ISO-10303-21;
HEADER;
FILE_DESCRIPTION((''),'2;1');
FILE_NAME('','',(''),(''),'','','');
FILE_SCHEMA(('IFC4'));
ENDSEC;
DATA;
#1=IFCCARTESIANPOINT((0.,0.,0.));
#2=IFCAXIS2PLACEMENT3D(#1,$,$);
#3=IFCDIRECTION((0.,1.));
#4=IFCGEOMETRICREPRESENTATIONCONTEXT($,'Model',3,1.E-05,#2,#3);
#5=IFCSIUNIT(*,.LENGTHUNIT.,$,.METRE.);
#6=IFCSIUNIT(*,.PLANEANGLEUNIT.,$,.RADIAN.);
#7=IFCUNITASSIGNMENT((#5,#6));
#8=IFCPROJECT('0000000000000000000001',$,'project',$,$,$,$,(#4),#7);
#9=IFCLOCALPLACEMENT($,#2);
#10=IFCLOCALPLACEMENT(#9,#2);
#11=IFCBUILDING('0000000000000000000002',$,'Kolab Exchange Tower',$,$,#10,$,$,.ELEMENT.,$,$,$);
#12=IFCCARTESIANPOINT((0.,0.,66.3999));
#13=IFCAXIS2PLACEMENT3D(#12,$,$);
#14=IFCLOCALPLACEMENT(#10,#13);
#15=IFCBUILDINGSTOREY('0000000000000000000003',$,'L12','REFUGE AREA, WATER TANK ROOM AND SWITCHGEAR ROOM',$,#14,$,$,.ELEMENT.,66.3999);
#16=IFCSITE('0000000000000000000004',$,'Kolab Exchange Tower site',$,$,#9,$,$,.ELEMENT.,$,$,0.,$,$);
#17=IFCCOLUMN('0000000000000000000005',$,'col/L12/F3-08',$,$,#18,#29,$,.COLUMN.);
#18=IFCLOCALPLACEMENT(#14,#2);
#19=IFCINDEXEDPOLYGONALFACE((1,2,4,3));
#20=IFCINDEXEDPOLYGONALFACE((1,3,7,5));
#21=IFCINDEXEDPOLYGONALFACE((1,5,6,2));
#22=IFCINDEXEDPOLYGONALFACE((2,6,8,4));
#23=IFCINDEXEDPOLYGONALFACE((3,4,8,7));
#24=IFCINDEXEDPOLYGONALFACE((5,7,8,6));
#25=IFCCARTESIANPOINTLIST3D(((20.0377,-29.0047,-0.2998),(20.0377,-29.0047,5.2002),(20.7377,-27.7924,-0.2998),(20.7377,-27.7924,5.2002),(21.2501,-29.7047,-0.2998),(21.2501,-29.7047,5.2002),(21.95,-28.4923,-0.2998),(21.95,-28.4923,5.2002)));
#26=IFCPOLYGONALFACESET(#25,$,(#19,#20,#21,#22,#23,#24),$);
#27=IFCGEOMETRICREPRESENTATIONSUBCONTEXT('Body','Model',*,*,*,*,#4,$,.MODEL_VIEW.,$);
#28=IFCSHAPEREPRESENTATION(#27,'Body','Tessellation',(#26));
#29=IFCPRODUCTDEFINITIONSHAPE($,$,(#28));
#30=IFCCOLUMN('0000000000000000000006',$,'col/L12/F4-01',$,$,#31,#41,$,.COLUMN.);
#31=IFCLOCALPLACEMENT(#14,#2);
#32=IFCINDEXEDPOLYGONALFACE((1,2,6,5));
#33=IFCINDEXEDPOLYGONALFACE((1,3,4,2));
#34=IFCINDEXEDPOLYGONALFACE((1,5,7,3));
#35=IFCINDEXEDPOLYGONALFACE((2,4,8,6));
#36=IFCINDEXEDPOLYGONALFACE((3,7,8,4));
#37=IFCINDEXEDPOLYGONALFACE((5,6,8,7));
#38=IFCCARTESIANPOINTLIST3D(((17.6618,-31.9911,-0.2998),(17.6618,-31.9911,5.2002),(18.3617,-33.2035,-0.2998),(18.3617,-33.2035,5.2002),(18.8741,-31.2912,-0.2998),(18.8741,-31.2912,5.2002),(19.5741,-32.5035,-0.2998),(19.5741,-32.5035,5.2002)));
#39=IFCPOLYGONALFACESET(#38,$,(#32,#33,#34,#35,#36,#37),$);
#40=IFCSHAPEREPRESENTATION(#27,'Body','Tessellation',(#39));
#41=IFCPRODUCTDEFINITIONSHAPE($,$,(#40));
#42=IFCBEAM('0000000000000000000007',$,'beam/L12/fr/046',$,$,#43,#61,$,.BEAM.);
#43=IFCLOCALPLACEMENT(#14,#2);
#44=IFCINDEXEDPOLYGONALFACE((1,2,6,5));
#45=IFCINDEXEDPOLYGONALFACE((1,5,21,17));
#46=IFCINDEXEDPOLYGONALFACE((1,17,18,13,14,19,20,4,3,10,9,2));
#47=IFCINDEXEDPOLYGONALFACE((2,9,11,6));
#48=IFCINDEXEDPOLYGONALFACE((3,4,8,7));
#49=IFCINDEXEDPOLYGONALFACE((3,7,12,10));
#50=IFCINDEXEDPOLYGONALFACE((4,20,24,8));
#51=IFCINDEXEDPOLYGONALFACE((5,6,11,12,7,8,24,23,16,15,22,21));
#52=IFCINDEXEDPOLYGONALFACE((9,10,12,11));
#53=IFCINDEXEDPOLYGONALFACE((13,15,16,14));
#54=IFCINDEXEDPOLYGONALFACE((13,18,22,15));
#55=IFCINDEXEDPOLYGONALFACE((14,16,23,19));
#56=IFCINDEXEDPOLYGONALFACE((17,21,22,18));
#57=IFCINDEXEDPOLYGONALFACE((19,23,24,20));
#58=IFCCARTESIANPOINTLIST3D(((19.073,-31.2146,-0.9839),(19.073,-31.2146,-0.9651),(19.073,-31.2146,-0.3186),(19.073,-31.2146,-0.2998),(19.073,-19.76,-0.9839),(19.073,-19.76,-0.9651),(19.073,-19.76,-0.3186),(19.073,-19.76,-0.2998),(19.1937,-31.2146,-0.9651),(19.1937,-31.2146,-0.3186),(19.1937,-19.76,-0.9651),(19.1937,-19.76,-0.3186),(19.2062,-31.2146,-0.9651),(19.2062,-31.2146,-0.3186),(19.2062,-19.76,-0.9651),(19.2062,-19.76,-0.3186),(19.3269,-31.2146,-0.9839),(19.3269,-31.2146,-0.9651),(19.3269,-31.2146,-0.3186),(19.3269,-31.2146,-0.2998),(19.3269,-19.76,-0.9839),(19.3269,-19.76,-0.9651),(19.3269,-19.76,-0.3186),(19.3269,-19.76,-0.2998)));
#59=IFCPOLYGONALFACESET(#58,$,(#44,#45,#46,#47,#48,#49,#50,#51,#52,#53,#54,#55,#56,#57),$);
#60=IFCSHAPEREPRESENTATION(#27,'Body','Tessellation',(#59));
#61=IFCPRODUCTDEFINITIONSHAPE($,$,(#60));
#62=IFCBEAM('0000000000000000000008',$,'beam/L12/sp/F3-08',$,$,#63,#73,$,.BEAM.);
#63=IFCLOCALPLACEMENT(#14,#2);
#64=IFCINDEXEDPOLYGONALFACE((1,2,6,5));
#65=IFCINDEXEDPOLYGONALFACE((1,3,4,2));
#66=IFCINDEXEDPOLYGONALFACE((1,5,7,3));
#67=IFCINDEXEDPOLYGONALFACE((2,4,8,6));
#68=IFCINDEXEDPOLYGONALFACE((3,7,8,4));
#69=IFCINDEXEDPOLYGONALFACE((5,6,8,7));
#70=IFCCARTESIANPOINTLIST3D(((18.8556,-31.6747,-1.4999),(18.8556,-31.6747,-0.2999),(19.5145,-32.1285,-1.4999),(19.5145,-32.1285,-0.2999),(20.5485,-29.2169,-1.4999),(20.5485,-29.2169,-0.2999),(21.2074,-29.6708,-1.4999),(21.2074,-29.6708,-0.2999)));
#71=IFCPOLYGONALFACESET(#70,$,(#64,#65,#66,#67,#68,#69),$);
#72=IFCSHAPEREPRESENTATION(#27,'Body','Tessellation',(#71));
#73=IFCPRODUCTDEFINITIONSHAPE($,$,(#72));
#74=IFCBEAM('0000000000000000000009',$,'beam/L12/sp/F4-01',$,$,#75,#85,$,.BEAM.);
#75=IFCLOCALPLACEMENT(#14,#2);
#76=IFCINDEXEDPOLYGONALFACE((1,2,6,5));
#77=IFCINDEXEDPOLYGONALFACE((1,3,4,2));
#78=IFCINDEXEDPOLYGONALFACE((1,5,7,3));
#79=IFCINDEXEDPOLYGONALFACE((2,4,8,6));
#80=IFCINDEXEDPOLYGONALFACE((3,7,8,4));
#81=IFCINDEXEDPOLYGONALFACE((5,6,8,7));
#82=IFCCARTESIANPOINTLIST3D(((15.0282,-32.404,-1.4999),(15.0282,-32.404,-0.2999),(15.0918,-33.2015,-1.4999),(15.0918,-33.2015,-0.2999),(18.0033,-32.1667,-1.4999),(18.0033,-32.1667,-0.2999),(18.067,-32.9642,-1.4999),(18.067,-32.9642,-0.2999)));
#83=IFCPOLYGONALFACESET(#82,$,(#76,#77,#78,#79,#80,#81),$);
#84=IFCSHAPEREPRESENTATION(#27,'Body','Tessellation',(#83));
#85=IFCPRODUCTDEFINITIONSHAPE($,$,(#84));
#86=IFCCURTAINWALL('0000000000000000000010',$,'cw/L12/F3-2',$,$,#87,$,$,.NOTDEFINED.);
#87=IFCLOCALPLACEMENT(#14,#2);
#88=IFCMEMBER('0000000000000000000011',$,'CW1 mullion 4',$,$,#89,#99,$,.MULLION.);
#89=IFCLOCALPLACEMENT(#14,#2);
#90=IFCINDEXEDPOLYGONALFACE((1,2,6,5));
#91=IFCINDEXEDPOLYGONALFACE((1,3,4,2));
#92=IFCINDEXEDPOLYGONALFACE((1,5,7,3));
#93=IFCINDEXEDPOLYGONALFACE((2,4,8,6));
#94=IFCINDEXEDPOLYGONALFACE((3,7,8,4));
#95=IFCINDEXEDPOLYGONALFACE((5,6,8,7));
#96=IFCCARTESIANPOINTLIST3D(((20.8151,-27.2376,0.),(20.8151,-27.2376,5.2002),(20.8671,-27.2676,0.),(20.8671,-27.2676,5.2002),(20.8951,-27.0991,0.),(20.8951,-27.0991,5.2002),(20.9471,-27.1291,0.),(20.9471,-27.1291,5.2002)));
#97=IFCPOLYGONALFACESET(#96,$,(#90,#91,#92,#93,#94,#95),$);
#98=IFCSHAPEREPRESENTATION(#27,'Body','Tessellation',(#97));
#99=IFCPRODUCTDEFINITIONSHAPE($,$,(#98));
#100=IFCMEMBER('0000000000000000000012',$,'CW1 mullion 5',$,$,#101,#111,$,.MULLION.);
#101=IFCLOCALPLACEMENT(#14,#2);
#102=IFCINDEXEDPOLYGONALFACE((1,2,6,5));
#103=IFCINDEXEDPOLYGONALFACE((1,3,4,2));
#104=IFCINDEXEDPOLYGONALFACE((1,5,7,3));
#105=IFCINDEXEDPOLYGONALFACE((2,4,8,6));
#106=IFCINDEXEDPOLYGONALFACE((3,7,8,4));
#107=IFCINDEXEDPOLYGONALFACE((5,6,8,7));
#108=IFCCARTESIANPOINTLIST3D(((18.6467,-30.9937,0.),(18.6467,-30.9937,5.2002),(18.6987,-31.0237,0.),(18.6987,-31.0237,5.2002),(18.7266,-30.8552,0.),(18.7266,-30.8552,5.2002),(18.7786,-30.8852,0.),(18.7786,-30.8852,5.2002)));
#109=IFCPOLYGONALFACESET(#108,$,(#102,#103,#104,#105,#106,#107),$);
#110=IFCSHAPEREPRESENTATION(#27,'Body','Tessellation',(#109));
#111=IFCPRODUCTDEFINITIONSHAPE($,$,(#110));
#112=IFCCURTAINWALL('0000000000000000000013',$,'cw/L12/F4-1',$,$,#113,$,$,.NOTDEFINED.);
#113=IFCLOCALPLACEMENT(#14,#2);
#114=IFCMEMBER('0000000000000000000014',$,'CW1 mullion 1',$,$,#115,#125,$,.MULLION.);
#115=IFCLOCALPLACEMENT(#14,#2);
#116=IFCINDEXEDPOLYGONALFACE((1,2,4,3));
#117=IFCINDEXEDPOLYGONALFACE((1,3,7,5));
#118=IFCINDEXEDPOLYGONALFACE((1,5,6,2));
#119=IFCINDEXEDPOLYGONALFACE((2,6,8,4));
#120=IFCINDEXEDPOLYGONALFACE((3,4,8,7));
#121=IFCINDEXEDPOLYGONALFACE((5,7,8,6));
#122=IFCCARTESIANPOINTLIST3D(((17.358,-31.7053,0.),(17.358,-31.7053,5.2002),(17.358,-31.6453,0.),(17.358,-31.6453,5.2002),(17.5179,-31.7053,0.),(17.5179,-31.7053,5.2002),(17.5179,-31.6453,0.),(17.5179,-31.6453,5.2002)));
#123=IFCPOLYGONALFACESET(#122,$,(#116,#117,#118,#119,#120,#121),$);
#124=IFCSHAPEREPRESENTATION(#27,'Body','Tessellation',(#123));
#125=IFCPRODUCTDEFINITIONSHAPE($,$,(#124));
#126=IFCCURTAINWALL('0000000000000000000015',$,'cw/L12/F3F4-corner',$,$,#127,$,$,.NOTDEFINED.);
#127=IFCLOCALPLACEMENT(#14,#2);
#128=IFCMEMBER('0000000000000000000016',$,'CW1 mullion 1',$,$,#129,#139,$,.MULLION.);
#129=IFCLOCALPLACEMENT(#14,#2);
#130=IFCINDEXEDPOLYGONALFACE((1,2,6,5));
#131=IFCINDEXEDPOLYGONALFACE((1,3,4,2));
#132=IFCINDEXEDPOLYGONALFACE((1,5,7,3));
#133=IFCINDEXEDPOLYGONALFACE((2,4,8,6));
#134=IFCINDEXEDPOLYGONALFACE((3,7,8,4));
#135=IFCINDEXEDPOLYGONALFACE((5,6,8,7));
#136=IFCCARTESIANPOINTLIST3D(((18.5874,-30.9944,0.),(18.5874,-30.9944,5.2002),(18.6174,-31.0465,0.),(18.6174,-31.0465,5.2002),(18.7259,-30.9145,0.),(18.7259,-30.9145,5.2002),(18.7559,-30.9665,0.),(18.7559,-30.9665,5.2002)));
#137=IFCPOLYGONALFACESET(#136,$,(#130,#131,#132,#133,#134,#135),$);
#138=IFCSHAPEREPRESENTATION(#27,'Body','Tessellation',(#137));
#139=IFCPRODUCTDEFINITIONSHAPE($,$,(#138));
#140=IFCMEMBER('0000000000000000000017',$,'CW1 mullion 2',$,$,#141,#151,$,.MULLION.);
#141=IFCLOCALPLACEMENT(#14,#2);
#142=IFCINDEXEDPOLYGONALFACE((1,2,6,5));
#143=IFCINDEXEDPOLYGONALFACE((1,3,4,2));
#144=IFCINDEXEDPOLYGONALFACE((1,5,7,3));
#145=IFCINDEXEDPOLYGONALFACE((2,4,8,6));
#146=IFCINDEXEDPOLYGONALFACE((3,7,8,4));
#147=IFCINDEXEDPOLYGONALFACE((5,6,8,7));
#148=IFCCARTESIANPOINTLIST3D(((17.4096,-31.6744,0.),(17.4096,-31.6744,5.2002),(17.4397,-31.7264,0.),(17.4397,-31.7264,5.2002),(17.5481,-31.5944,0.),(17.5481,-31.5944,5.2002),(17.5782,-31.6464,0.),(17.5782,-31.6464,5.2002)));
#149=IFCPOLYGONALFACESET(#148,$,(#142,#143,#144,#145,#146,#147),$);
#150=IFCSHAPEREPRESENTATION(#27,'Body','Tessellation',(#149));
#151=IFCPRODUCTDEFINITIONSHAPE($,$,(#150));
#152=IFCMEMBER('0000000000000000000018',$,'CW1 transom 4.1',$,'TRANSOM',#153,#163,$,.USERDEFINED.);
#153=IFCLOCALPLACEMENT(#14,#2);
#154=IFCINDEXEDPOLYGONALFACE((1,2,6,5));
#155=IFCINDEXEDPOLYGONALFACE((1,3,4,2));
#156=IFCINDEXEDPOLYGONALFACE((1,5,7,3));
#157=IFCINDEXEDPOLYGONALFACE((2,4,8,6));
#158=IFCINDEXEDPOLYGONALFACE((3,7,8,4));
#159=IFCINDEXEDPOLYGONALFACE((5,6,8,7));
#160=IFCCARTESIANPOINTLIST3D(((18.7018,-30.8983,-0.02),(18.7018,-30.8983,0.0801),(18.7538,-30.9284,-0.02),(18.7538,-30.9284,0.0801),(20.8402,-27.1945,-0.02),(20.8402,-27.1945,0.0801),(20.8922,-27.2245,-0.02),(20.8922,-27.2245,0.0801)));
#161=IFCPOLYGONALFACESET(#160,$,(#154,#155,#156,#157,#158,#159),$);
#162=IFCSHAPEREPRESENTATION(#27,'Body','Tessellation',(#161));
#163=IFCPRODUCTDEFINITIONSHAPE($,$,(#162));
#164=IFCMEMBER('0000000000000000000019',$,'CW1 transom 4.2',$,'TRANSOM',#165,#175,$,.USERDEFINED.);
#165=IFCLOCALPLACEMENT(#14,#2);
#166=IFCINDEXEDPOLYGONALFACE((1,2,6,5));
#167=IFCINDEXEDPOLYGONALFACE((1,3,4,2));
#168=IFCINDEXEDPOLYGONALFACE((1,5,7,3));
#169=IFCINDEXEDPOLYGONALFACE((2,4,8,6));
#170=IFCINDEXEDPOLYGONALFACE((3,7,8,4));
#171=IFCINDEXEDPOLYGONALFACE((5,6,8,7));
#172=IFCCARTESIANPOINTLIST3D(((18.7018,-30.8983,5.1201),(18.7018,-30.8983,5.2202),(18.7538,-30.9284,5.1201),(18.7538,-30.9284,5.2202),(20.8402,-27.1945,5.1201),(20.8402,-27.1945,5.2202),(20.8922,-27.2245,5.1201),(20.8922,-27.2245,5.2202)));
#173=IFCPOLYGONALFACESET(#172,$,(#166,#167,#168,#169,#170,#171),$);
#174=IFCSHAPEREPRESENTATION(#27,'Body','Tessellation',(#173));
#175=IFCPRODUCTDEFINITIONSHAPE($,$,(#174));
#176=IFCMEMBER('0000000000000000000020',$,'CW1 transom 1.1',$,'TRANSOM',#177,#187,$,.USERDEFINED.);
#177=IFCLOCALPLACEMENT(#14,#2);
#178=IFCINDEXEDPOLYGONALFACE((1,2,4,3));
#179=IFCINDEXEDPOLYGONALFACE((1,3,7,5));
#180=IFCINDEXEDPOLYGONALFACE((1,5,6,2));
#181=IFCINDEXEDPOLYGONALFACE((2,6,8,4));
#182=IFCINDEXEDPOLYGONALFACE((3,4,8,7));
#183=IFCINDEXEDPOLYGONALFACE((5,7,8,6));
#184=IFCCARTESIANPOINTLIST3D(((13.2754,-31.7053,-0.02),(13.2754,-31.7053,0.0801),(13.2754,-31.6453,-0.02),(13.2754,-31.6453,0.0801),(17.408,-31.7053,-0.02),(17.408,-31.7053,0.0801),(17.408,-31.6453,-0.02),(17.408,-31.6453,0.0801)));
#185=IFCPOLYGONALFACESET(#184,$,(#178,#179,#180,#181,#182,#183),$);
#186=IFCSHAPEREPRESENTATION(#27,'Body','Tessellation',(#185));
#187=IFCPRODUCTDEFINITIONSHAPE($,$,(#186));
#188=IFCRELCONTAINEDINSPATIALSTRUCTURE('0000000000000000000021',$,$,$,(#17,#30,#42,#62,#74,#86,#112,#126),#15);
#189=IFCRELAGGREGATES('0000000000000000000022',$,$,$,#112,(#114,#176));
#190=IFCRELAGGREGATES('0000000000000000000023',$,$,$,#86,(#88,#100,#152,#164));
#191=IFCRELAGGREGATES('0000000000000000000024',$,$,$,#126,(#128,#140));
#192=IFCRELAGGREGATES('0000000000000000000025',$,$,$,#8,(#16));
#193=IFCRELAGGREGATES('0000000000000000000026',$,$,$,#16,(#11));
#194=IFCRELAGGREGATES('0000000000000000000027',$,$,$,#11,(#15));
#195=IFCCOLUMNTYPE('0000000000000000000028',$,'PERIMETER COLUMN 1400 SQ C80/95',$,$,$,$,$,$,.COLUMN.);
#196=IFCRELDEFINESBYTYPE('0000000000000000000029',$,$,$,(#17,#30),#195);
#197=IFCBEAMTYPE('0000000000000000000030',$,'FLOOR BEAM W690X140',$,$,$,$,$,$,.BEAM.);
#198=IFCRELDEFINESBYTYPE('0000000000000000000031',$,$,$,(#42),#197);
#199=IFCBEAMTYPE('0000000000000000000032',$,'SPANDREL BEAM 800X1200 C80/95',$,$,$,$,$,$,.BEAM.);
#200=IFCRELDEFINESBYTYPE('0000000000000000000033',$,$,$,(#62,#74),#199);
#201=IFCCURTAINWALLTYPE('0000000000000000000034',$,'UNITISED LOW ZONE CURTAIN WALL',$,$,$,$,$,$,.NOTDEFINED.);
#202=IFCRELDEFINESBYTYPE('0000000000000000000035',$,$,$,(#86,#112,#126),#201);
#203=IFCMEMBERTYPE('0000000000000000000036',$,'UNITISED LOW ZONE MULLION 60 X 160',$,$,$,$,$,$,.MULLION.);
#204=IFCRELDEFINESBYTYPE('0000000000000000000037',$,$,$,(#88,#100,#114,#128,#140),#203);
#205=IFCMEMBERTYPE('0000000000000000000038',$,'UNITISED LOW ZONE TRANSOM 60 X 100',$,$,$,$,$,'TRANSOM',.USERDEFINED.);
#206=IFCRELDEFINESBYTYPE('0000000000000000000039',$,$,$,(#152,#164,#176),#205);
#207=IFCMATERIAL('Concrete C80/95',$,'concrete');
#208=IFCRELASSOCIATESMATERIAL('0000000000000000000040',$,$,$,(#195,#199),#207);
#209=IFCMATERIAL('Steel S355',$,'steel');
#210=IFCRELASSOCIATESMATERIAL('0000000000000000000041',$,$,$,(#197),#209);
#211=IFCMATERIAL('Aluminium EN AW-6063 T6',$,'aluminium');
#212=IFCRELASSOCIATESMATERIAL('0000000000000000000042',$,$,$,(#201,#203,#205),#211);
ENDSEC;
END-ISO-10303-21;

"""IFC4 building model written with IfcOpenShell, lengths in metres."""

from ifc_helpers import new_model, si_unit, direction, frame, origin, origin_2d, place, context, subcontext, project, spatial, rectangle, i_section, extrude, material, material_profile, profile_set, type_object, element, aggregate, save


model = new_model("IFC4")

# Units and contexts
model_context = context("Model", 3, precision=1e-05, world=origin(), true_north=direction((0.0, 1.0)))
body_context = subcontext(model_context, "Body", "Model", "MODEL_VIEW")
ifc_project = project(units=[si_unit("LENGTHUNIT", "METRE"), si_unit("PLANEANGLEUNIT", "RADIAN")], contexts=[model_context])

# Site, building, storey
site_placement = place(None, origin())
site = spatial("IfcSite", under=ifc_project, at=site_placement, Name="Kolab Exchange Tower site", CompositionType="ELEMENT", RefElevation=0.0)
building_placement = place(site_placement, origin())
building = spatial("IfcBuilding", under=site, at=building_placement, Name="Kolab Exchange Tower", CompositionType="ELEMENT")
storey_placement = place(building_placement, frame((0.0, 0.0, 66.3999)))
storey = spatial("IfcBuildingStorey", under=building, at=storey_placement, Name="L12", Description="REFUGE AREA, WATER TANK ROOM AND SWITCHGEAR ROOM", CompositionType="ELEMENT", Elevation=66.3999)

# Columns
ifc_material_1 = material(Name="Concrete C80/95", Category="concrete")
ifc_material_profile_1 = material_profile(ifc_material_1, rectangle(XDim=1.3999, YDim=1.3999, at=origin_2d()), Name="RC1400")
ifc_profile_set_1 = profile_set([ifc_material_profile_1], Name="Concrete C80/95")
column_type = type_object("IfcColumnType", Name="PERIMETER COLUMN 1400 SQ C80/95", PredefinedType="COLUMN", material=ifc_profile_set_1)
for number, where, z_axis, x_axis, name in (
    (1, (20.9939, -28.7485, -0.2998), (0.0, 0.0, 1.0), (0.5, 0.866025, 0.0), "col/L12/F3-08"),
    (2, (18.6179, -32.2473, -0.2998), (0.0, 0.0, 1.0), (0.866025, 0.5, 0.0), "col/L12/F4-01"),
):
    element("IfcColumn", number, at=place(storey_placement, frame(where, z_axis=z_axis, x_axis=x_axis)), inside=storey, type_object=column_type, Name=name, PredefinedType="COLUMN", context=body_context, shape_type="SweptSolid", body=[
        extrude(rectangle(XDim=1.3999, YDim=1.3999, at=origin_2d()), origin(), (0.0, 0.0, 1.0), 5.5),
    ])

# Beams
ifc_material_2 = material(Name="Steel S355", Category="steel")
ifc_material_profile_2 = material_profile(ifc_material_2, i_section(OverallWidth=0.2539, OverallDepth=0.6841, WebThickness=0.0125, FlangeThickness=0.0188, at=origin_2d()), Name="W690X140")
ifc_profile_set_2 = profile_set([ifc_material_profile_2], Name="Steel S355")
beam_type_1 = type_object("IfcBeamType", Name="FLOOR BEAM W690X140", PredefinedType="BEAM", material=ifc_profile_set_2)
beam_1_placement = place(storey_placement, frame((19.2, -31.2146, -0.6418), z_axis=(0.0, 1.0, 0.0), x_axis=(-1.0, 0.0, 0.0)))
element("IfcBeam", 3, at=beam_1_placement, inside=storey, type_object=beam_type_1, Name="beam/L12/fr/046", PredefinedType="BEAM", context=body_context, shape_type="SweptSolid", body=[
    extrude(i_section(OverallWidth=0.2539, OverallDepth=0.6841, WebThickness=0.0125, FlangeThickness=0.0188, at=origin_2d()), origin(), (0.0, 0.0, 1.0), 11.4546),
])
ifc_material_profile_3 = material_profile(ifc_material_1, rectangle(XDim=0.8, YDim=1.2, at=origin_2d()), Name="RC800X1200")
ifc_profile_set_3 = profile_set([ifc_material_profile_3], Name="Concrete C80/95")
beam_type_2 = type_object("IfcBeamType", Name="SPANDREL BEAM 800X1200 C80/95", PredefinedType="BEAM", material=ifc_profile_set_3)
beam_2_placement = place(storey_placement, frame((20.8779, -29.4438, -0.8999), z_axis=(-0.567247, -0.823548, 0.0), x_axis=(0.823548, -0.567247, 0.0)))
element("IfcBeam", 4, at=beam_2_placement, inside=storey, type_object=beam_type_2, Name="beam/L12/sp/F3-08", PredefinedType="BEAM", context=body_context, shape_type="SweptSolid", body=[
    extrude(rectangle(XDim=0.8, YDim=1.2, at=origin_2d()), origin(), (0.0, 0.0, 1.0), 2.9844),
])
beam_3_placement = place(storey_placement, frame((18.0352, -32.5654, -0.8999), z_axis=(-0.996834, -0.079511, 0.0), x_axis=(0.079511, -0.996834, 0.0)))
element("IfcBeam", 5, at=beam_3_placement, inside=storey, type_object=beam_type_2, Name="beam/L12/sp/F4-01", PredefinedType="BEAM", context=body_context, shape_type="SweptSolid", body=[
    extrude(rectangle(XDim=0.8, YDim=1.2, at=origin_2d()), origin(), (0.0, 0.0, 1.0), 2.9846),
])

# Curtain wall, members
ifc_material_3 = material(Name="Aluminium EN AW-6063 T6", Category="aluminium")
curtain_wall_type = type_object("IfcCurtainWallType", Name="UNITISED LOW ZONE CURTAIN WALL", PredefinedType="NOTDEFINED", material=ifc_material_3)
curtain_wall_1_placement = place(storey_placement, origin())
curtain_wall_1 = element("IfcCurtainWall", 6, at=curtain_wall_1_placement, inside=storey, type_object=curtain_wall_type, Name="cw/L12/F3-2", PredefinedType="NOTDEFINED")
ifc_material_profile_4 = material_profile(ifc_material_3, rectangle(XDim=0.0601, YDim=0.1599, at=origin_2d()), Name="RECT 60X160")
ifc_profile_set_4 = profile_set([ifc_material_profile_4], Name="Aluminium EN AW-6063 T6")
member_type_1 = type_object("IfcMemberType", Name="UNITISED LOW ZONE MULLION 60 X 160", PredefinedType="MULLION", material=ifc_profile_set_4)
member_1_placement = place(storey_placement, frame((20.8811, -27.1833, 0.0), z_axis=(0.0, 0.0, 1.0), x_axis=(0.866025, -0.5, 0.0)))
member_1 = element("IfcMember", 7, at=member_1_placement, type_object=member_type_1, Name="CW1 mullion 4", PredefinedType="MULLION", context=body_context, shape_type="SweptSolid", body=[
    extrude(rectangle(XDim=0.0601, YDim=0.1599, at=origin_2d()), origin(), (0.0, 0.0, 1.0), 5.2002),
])
member_2_placement = place(storey_placement, frame((18.7126, -30.9395, 0.0), z_axis=(0.0, 0.0, 1.0), x_axis=(0.866025, -0.5, 0.0)))
member_2 = element("IfcMember", 8, at=member_2_placement, type_object=member_type_1, Name="CW1 mullion 5", PredefinedType="MULLION", context=body_context, shape_type="SweptSolid", body=[
    extrude(rectangle(XDim=0.0601, YDim=0.1599, at=origin_2d()), origin(), (0.0, 0.0, 1.0), 5.2002),
])

# Curtain wall, member
curtain_wall_2_placement = place(storey_placement, origin())
curtain_wall_2 = element("IfcCurtainWall", 9, at=curtain_wall_2_placement, inside=storey, type_object=curtain_wall_type, Name="cw/L12/F4-1", PredefinedType="NOTDEFINED")
member_3_placement = place(storey_placement, frame((17.438, -31.6753, 0.0), z_axis=(0.0, 0.0, 1.0), x_axis=(0.0, -1.0, 0.0)))
member_3 = element("IfcMember", 10, at=member_3_placement, type_object=member_type_1, Name="CW1 mullion 1", PredefinedType="MULLION", context=body_context, shape_type="SweptSolid", body=[
    extrude(rectangle(XDim=0.0601, YDim=0.1599, at=origin_2d()), origin(), (0.0, 0.0, 1.0), 5.2002),
])

# Curtain wall, members
curtain_wall_3_placement = place(storey_placement, origin())
curtain_wall_3 = element("IfcCurtainWall", 11, at=curtain_wall_3_placement, inside=storey, type_object=curtain_wall_type, Name="cw/L12/F3F4-corner", PredefinedType="NOTDEFINED")
member_4_placement = place(storey_placement, frame((18.6716, -30.9805, 0.0), z_axis=(0.0, 0.0, 1.0), x_axis=(0.5, -0.866025, 0.0)))
member_4 = element("IfcMember", 12, at=member_4_placement, type_object=member_type_1, Name="CW1 mullion 1", PredefinedType="MULLION", context=body_context, shape_type="SweptSolid", body=[
    extrude(rectangle(XDim=0.0601, YDim=0.1599, at=origin_2d()), origin(), (0.0, 0.0, 1.0), 5.2002),
])
member_5_placement = place(storey_placement, frame((17.4939, -31.6604, 0.0), z_axis=(0.0, 0.0, 1.0), x_axis=(0.5, -0.866025, 0.0)))
member_5 = element("IfcMember", 13, at=member_5_placement, type_object=member_type_1, Name="CW1 mullion 2", PredefinedType="MULLION", context=body_context, shape_type="SweptSolid", body=[
    extrude(rectangle(XDim=0.0601, YDim=0.1599, at=origin_2d()), origin(), (0.0, 0.0, 1.0), 5.2002),
])

# Members
ifc_material_profile_5 = material_profile(ifc_material_3, rectangle(XDim=0.0601, YDim=0.1001, at=origin_2d()), Name="RECT 60X100")
ifc_profile_set_5 = profile_set([ifc_material_profile_5], Name="Aluminium EN AW-6063 T6")
member_type_2 = type_object("IfcMemberType", Name="UNITISED LOW ZONE TRANSOM 60 X 100", ElementType="TRANSOM", PredefinedType="USERDEFINED", material=ifc_profile_set_5)
member_6_placement = place(storey_placement, frame((20.8662, -27.2095, 0.03), z_axis=(-0.500001, -0.866025, 0.0), x_axis=(0.866025, -0.500001, 0.0)))
member_6 = element("IfcMember", 14, at=member_6_placement, type_object=member_type_2, Name="CW1 transom 4.1", ObjectType="TRANSOM", PredefinedType="USERDEFINED", context=body_context, shape_type="SweptSolid", body=[
    extrude(rectangle(XDim=0.0601, YDim=0.1001, at=origin_2d()), origin(), (0.0, 0.0, 1.0), 4.2769),
])
member_7_placement = place(storey_placement, frame((20.8662, -27.2095, 5.1702), z_axis=(-0.500001, -0.866025, 0.0), x_axis=(0.866025, -0.500001, 0.0)))
member_7 = element("IfcMember", 15, at=member_7_placement, type_object=member_type_2, Name="CW1 transom 4.2", ObjectType="TRANSOM", PredefinedType="USERDEFINED", context=body_context, shape_type="SweptSolid", body=[
    extrude(rectangle(XDim=0.0601, YDim=0.1001, at=origin_2d()), origin(), (0.0, 0.0, 1.0), 4.2769),
])
member_8_placement = place(storey_placement, frame((17.408, -31.6753, 0.03), z_axis=(-1.0, 0.0, 0.0), x_axis=(0.0, -1.0, 0.0)))
member_8 = element("IfcMember", 16, at=member_8_placement, type_object=member_type_2, Name="CW1 transom 1.1", ObjectType="TRANSOM", PredefinedType="USERDEFINED", context=body_context, shape_type="SweptSolid", body=[
    extrude(rectangle(XDim=0.0601, YDim=0.1001, at=origin_2d()), origin(), (0.0, 0.0, 1.0), 4.1326),
])
aggregate(curtain_wall_2, [member_3, member_8])

aggregate(curtain_wall_1, [member_1, member_2, member_6, member_7])
aggregate(curtain_wall_3, [member_4, member_5])

save(model, "model.ifc")
